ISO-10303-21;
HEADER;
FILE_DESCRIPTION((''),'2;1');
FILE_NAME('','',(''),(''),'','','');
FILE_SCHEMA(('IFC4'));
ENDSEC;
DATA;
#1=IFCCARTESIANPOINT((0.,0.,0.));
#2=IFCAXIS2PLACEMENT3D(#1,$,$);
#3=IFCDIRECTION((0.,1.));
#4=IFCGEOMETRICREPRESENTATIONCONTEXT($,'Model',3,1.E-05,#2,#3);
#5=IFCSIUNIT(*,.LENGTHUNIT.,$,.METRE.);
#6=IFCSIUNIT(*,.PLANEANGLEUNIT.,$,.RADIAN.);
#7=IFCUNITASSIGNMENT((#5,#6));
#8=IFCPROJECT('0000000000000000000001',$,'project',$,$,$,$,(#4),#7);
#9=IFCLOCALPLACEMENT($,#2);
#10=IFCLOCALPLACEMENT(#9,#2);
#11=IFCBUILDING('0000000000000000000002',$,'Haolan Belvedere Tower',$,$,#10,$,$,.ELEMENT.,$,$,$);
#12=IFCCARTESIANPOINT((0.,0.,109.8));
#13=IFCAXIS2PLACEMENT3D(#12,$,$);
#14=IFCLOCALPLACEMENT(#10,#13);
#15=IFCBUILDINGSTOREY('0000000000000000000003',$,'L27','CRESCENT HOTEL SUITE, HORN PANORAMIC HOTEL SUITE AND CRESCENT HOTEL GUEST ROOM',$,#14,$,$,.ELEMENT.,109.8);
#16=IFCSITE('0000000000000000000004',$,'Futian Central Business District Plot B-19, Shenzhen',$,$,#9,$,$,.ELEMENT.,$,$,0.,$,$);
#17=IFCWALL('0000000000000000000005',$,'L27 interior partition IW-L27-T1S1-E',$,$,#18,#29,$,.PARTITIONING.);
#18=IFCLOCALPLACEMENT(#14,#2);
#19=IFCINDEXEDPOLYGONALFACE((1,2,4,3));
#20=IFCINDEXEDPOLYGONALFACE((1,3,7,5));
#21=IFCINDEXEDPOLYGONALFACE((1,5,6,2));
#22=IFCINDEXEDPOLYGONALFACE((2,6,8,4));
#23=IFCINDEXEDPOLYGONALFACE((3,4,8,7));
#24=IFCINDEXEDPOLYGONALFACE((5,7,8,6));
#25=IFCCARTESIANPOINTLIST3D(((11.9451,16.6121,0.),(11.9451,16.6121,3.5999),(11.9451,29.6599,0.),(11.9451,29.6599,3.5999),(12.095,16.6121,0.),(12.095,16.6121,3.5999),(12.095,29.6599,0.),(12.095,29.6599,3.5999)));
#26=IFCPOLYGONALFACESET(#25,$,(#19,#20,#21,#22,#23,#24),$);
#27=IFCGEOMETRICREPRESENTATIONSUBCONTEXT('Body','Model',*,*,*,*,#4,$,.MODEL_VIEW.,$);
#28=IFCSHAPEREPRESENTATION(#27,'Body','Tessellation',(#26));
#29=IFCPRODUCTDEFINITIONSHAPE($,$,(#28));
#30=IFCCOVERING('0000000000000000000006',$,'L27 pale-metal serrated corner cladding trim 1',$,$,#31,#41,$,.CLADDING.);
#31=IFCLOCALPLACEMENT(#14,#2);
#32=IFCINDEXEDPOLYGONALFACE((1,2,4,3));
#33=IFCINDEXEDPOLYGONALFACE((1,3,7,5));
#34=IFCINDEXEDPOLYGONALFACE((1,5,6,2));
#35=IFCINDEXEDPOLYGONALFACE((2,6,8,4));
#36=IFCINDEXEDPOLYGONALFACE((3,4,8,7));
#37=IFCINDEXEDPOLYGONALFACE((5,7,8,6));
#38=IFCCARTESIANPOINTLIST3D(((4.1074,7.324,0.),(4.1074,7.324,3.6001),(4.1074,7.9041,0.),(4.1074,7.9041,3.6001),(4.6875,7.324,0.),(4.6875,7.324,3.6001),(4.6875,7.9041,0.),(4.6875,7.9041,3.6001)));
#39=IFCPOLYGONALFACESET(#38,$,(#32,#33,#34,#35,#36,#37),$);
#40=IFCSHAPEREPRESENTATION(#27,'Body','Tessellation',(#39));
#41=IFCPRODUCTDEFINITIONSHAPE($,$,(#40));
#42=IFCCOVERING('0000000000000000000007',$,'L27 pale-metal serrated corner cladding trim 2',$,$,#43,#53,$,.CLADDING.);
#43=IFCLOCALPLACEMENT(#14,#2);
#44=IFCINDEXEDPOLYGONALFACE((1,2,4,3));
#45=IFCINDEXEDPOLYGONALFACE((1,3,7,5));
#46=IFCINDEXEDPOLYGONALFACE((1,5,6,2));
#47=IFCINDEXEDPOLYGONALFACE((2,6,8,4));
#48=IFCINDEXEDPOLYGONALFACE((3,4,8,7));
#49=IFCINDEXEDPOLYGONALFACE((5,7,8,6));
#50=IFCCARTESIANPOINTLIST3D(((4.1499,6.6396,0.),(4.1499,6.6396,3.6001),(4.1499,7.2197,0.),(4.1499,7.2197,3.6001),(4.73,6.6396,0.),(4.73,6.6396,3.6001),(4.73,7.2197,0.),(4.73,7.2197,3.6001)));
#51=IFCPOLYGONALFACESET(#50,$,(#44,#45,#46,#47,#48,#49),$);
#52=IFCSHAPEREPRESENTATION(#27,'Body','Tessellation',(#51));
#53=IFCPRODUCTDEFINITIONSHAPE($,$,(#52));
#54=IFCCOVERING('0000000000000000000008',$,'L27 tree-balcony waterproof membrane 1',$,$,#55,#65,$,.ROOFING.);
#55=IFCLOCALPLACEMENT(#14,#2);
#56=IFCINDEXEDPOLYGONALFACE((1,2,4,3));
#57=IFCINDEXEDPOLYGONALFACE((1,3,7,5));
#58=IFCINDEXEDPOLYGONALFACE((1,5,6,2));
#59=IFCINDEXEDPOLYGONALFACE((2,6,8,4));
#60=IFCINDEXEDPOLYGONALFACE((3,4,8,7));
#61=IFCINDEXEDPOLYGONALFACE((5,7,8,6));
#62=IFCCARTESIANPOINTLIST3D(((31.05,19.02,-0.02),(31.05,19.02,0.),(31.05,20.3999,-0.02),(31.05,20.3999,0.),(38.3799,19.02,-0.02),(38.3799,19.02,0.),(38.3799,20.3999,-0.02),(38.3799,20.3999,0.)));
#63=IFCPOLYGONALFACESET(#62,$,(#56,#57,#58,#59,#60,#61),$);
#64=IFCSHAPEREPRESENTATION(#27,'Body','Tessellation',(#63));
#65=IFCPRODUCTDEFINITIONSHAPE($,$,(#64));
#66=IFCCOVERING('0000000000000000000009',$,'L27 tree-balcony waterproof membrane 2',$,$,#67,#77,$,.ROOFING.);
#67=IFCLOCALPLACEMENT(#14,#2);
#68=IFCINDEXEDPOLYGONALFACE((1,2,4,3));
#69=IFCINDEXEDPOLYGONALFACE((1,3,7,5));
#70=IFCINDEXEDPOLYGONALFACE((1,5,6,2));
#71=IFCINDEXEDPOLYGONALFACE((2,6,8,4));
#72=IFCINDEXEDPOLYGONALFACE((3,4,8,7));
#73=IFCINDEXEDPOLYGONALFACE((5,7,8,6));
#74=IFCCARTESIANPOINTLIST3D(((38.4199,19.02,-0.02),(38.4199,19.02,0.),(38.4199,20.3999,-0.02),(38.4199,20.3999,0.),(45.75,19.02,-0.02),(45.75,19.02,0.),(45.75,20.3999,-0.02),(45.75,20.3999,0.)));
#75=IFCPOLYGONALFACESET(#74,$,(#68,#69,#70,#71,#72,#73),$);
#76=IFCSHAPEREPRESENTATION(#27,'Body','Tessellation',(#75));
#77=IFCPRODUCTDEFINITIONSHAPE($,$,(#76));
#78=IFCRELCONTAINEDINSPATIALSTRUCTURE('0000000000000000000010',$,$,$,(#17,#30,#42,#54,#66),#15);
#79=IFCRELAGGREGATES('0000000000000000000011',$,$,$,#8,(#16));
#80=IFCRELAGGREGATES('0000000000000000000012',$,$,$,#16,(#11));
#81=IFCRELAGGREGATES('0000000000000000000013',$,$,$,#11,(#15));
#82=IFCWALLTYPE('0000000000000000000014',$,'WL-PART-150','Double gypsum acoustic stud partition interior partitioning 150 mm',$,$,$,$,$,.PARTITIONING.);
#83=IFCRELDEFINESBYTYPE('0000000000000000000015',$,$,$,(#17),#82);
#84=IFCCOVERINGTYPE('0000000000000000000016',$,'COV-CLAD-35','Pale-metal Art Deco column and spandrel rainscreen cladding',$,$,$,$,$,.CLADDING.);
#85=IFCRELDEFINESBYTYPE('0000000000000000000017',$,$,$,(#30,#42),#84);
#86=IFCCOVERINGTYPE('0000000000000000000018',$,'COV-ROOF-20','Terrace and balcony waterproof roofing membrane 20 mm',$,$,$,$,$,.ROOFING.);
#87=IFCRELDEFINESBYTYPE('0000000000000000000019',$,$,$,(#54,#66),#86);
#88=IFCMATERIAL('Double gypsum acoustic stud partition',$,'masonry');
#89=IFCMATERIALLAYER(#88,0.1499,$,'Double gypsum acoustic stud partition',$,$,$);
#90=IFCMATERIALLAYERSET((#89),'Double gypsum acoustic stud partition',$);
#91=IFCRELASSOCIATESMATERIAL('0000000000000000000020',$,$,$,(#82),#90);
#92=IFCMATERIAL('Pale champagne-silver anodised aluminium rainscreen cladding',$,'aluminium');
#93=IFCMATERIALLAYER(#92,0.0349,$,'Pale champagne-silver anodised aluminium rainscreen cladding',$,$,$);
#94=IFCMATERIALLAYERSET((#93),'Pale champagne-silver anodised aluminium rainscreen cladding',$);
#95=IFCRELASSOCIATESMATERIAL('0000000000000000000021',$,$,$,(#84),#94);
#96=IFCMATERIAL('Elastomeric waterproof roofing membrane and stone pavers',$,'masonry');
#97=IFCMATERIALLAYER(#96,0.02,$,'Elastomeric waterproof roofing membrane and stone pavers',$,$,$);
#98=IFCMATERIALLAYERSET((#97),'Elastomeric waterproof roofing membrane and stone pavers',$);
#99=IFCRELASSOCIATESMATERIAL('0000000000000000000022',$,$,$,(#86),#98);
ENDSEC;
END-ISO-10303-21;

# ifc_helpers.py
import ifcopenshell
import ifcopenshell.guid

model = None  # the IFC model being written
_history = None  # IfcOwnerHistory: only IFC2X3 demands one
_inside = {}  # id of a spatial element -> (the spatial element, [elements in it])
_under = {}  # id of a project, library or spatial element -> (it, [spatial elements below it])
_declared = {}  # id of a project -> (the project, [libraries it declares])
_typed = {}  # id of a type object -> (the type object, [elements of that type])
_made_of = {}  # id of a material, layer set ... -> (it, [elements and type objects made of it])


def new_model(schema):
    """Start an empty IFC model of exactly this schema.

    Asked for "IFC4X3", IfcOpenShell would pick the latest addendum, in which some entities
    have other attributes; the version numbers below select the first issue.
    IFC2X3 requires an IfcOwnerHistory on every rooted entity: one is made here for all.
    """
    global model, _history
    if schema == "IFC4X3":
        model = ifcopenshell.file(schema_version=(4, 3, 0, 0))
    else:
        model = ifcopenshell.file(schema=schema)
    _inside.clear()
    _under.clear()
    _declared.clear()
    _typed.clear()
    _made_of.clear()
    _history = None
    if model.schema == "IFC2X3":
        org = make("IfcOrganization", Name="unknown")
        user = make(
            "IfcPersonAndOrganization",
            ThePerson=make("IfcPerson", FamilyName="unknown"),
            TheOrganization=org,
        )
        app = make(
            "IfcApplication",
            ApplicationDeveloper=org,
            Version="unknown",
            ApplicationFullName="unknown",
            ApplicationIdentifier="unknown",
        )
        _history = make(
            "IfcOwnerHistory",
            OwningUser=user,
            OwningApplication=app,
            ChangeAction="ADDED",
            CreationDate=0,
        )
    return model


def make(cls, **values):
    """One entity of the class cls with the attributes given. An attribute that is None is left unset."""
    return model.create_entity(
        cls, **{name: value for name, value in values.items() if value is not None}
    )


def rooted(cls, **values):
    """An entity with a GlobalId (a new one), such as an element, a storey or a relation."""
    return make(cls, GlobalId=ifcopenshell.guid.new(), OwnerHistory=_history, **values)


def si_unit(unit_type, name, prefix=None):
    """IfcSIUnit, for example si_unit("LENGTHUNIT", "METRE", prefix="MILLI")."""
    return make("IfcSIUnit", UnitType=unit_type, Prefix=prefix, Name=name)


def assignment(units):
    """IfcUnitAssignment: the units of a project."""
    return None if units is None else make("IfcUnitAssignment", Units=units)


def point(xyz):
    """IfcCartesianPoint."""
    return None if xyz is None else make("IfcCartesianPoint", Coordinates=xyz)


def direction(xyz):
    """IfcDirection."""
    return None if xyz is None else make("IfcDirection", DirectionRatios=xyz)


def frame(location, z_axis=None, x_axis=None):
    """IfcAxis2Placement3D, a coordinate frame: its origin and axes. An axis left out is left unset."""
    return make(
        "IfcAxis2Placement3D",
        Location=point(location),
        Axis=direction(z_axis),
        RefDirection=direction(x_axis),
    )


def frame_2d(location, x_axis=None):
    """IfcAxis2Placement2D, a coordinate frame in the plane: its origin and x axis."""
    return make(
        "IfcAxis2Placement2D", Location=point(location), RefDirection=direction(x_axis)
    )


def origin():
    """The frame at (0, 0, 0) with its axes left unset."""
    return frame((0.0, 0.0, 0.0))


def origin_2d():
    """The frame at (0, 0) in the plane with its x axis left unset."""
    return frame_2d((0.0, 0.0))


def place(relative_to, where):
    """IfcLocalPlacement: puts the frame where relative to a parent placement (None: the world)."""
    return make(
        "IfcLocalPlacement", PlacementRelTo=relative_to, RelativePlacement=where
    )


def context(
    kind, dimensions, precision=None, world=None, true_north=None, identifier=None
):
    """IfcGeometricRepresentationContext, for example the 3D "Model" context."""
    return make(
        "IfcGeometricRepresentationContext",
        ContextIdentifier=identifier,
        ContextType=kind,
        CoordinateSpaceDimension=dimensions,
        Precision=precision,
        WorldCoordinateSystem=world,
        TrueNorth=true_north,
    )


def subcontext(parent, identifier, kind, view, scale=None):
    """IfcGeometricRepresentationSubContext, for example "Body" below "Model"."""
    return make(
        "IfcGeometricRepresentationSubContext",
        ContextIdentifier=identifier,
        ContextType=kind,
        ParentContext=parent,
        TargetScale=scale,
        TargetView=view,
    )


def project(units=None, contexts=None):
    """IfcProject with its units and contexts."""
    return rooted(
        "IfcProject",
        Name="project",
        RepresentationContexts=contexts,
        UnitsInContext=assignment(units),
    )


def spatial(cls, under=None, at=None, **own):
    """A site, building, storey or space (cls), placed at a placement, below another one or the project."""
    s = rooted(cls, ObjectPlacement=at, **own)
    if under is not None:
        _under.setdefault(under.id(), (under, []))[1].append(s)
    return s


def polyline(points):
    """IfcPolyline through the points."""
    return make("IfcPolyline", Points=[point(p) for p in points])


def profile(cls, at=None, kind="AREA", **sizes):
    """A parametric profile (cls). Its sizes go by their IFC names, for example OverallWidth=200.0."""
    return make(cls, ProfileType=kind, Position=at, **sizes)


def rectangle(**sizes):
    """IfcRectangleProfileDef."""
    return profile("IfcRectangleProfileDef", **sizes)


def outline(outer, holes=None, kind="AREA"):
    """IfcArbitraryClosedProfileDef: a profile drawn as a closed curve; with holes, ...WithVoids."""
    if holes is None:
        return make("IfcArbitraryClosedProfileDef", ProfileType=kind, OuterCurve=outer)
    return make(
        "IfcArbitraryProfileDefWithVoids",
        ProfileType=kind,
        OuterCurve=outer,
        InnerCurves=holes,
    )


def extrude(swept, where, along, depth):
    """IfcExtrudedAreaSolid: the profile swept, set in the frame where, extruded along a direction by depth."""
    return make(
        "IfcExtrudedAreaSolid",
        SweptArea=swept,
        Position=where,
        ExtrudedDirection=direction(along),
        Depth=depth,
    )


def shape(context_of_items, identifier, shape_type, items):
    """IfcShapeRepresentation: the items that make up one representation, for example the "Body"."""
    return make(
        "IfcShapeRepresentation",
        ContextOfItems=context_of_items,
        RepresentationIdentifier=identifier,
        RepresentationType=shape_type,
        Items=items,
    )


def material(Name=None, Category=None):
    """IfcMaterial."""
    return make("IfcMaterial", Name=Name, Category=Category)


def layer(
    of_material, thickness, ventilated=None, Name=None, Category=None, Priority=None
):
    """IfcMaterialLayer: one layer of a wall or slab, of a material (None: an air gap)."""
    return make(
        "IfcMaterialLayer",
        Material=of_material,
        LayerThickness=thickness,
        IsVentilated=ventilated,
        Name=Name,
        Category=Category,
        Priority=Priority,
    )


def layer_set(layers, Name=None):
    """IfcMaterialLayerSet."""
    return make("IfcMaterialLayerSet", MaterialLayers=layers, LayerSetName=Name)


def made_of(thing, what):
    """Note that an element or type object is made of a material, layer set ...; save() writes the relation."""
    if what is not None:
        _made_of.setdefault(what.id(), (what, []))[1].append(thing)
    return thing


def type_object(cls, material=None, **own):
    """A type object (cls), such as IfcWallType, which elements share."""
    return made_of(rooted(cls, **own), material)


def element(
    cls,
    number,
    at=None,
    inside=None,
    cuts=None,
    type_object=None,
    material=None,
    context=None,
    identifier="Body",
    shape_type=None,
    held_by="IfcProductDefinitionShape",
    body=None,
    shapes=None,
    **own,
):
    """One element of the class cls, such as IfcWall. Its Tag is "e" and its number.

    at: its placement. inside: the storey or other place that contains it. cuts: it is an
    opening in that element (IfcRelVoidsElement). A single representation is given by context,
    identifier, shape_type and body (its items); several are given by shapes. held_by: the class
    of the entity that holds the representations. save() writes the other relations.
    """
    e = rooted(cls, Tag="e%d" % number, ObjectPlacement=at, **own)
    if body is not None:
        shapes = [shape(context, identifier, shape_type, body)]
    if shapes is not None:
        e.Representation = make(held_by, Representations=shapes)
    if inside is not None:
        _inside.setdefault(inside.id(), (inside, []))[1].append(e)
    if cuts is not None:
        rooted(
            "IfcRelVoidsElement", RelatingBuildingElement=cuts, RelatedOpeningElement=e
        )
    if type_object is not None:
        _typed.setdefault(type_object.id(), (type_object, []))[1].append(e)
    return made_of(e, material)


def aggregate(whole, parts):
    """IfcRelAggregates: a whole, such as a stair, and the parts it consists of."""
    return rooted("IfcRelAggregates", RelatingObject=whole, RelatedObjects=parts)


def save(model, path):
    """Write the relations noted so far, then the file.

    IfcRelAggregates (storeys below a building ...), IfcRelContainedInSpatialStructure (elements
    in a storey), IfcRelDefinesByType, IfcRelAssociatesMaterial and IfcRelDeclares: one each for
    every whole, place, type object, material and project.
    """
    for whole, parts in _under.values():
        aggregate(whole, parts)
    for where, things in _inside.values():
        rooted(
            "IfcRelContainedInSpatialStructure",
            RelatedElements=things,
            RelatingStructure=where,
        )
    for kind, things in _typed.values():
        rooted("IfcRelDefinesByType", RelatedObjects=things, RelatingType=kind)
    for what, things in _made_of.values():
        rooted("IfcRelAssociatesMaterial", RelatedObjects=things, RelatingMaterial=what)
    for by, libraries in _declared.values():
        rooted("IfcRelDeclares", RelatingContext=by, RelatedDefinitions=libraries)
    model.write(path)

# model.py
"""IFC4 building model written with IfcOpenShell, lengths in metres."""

from ifc_helpers import new_model, si_unit, direction, frame, frame_2d, origin, origin_2d, place, context, subcontext, project, spatial, polyline, rectangle, outline, extrude, material, layer, layer_set, type_object, element, save


model = new_model("IFC4")

# Units and contexts
model_context = context("Model", 3, precision=1e-05, world=origin(), true_north=direction((0.0, 1.0)))
body_context = subcontext(model_context, "Body", "Model", "MODEL_VIEW")
ifc_project = project(units=[si_unit("LENGTHUNIT", "METRE"), si_unit("PLANEANGLEUNIT", "RADIAN")], contexts=[model_context])

# Site, building, storey
site_placement = place(None, origin())
site = spatial("IfcSite", under=ifc_project, at=site_placement, Name="Futian Central Business District Plot B-19, Shenzhen", CompositionType="ELEMENT", RefElevation=0.0)
building_placement = place(site_placement, origin())
building = spatial("IfcBuilding", under=site, at=building_placement, Name="Haolan Belvedere Tower", CompositionType="ELEMENT")
storey_placement = place(building_placement, frame((0.0, 0.0, 109.8)))
storey = spatial("IfcBuildingStorey", under=building, at=storey_placement, Name="L27", Description="CRESCENT HOTEL SUITE, HORN PANORAMIC HOTEL SUITE AND CRESCENT HOTEL GUEST ROOM", CompositionType="ELEMENT", Elevation=109.8)

# Wall
ifc_material_1 = material(Name="Double gypsum acoustic stud partition", Category="masonry")
ifc_layer_1 = layer(ifc_material_1, 0.1499, Name="Double gypsum acoustic stud partition")
ifc_layer_set_1 = layer_set([ifc_layer_1], Name="Double gypsum acoustic stud partition")
wall_type_1 = type_object("IfcWallType", Name="WL-PART-150", Description="Double gypsum acoustic stud partition interior partitioning 150 mm", PredefinedType="PARTITIONING", material=ifc_layer_set_1)
wall_1_placement = place(storey_placement, frame((12.02, 16.6121, 0.0), z_axis=(0.0, 0.0, 1.0), x_axis=(0.0, 1.0, 0.0)))
element("IfcWall", 1, at=wall_1_placement, inside=storey, type_object=wall_type_1, Name="L27 interior partition IW-L27-T1S1-E", PredefinedType="PARTITIONING", context=body_context, shape_type="SweptSolid", body=[
    extrude(rectangle(XDim=13.0479, YDim=0.1499, at=frame_2d((6.5239, 0.0))), origin(), (0.0, 0.0, 1.0), 3.5999),
])

# Coverings
ifc_material_2 = material(Name="Pale champagne-silver anodised aluminium rainscreen cladding", Category="aluminium")
ifc_layer_2 = layer(ifc_material_2, 0.0349, Name="Pale champagne-silver anodised aluminium rainscreen cladding")
ifc_layer_set_2 = layer_set([ifc_layer_2], Name="Pale champagne-silver anodised aluminium rainscreen cladding")
covering_type_1 = type_object("IfcCoveringType", Name="COV-CLAD-35", Description="Pale-metal Art Deco column and spandrel rainscreen cladding", PredefinedType="CLADDING", material=ifc_layer_set_2)
for number, where, z_axis, x_axis, name in (
    (2, (4.3975, 7.614, 0.0), (0.0, 0.0, 1.0), (1.0, 0.0, 0.0), "L27 pale-metal serrated corner cladding trim 1"),
    (3, (4.4399, 6.9297, 0.0), (0.0, 0.0, 1.0), (1.0, 0.0, 0.0), "L27 pale-metal serrated corner cladding trim 2"),
):
    element("IfcCovering", number, at=place(storey_placement, frame(where, z_axis=z_axis, x_axis=x_axis)), inside=storey, type_object=covering_type_1, Name=name, PredefinedType="CLADDING", context=body_context, shape_type="SweptSolid", body=[
        extrude(rectangle(XDim=0.5801, YDim=0.5801, at=origin_2d()), origin(), (0.0, 0.0, 1.0), 3.6001),
    ])
ifc_material_3 = material(Name="Elastomeric waterproof roofing membrane and stone pavers", Category="masonry")
ifc_layer_3 = layer(ifc_material_3, 0.02, Name="Elastomeric waterproof roofing membrane and stone pavers")
ifc_layer_set_3 = layer_set([ifc_layer_3], Name="Elastomeric waterproof roofing membrane and stone pavers")
covering_type_2 = type_object("IfcCoveringType", Name="COV-ROOF-20", Description="Terrace and balcony waterproof roofing membrane 20 mm", PredefinedType="ROOFING", material=ifc_layer_set_3)
covering_1_placement = place(storey_placement, frame((0.0, 0.0, -0.02)))
element("IfcCovering", 4, at=covering_1_placement, inside=storey, type_object=covering_type_2, Name="L27 tree-balcony waterproof membrane 1", PredefinedType="ROOFING", context=body_context, shape_type="SweptSolid", body=[
    extrude(outline(polyline([(31.05, 19.02), (38.3799, 19.02), (38.3799, 20.3999), (31.05, 20.3999), (31.05, 19.02)])), origin(), (0.0, 0.0, 1.0), 0.02),
])
covering_2_placement = place(storey_placement, frame((0.0, 0.0, -0.02)))
element("IfcCovering", 5, at=covering_2_placement, inside=storey, type_object=covering_type_2, Name="L27 tree-balcony waterproof membrane 2", PredefinedType="ROOFING", context=body_context, shape_type="SweptSolid", body=[
    extrude(outline(polyline([(38.4199, 19.02), (45.75, 19.02), (45.75, 20.3999), (38.4199, 20.3999), (38.4199, 19.02)])), origin(), (0.0, 0.0, 1.0), 0.02),
])

save(model, "model.ifc")
